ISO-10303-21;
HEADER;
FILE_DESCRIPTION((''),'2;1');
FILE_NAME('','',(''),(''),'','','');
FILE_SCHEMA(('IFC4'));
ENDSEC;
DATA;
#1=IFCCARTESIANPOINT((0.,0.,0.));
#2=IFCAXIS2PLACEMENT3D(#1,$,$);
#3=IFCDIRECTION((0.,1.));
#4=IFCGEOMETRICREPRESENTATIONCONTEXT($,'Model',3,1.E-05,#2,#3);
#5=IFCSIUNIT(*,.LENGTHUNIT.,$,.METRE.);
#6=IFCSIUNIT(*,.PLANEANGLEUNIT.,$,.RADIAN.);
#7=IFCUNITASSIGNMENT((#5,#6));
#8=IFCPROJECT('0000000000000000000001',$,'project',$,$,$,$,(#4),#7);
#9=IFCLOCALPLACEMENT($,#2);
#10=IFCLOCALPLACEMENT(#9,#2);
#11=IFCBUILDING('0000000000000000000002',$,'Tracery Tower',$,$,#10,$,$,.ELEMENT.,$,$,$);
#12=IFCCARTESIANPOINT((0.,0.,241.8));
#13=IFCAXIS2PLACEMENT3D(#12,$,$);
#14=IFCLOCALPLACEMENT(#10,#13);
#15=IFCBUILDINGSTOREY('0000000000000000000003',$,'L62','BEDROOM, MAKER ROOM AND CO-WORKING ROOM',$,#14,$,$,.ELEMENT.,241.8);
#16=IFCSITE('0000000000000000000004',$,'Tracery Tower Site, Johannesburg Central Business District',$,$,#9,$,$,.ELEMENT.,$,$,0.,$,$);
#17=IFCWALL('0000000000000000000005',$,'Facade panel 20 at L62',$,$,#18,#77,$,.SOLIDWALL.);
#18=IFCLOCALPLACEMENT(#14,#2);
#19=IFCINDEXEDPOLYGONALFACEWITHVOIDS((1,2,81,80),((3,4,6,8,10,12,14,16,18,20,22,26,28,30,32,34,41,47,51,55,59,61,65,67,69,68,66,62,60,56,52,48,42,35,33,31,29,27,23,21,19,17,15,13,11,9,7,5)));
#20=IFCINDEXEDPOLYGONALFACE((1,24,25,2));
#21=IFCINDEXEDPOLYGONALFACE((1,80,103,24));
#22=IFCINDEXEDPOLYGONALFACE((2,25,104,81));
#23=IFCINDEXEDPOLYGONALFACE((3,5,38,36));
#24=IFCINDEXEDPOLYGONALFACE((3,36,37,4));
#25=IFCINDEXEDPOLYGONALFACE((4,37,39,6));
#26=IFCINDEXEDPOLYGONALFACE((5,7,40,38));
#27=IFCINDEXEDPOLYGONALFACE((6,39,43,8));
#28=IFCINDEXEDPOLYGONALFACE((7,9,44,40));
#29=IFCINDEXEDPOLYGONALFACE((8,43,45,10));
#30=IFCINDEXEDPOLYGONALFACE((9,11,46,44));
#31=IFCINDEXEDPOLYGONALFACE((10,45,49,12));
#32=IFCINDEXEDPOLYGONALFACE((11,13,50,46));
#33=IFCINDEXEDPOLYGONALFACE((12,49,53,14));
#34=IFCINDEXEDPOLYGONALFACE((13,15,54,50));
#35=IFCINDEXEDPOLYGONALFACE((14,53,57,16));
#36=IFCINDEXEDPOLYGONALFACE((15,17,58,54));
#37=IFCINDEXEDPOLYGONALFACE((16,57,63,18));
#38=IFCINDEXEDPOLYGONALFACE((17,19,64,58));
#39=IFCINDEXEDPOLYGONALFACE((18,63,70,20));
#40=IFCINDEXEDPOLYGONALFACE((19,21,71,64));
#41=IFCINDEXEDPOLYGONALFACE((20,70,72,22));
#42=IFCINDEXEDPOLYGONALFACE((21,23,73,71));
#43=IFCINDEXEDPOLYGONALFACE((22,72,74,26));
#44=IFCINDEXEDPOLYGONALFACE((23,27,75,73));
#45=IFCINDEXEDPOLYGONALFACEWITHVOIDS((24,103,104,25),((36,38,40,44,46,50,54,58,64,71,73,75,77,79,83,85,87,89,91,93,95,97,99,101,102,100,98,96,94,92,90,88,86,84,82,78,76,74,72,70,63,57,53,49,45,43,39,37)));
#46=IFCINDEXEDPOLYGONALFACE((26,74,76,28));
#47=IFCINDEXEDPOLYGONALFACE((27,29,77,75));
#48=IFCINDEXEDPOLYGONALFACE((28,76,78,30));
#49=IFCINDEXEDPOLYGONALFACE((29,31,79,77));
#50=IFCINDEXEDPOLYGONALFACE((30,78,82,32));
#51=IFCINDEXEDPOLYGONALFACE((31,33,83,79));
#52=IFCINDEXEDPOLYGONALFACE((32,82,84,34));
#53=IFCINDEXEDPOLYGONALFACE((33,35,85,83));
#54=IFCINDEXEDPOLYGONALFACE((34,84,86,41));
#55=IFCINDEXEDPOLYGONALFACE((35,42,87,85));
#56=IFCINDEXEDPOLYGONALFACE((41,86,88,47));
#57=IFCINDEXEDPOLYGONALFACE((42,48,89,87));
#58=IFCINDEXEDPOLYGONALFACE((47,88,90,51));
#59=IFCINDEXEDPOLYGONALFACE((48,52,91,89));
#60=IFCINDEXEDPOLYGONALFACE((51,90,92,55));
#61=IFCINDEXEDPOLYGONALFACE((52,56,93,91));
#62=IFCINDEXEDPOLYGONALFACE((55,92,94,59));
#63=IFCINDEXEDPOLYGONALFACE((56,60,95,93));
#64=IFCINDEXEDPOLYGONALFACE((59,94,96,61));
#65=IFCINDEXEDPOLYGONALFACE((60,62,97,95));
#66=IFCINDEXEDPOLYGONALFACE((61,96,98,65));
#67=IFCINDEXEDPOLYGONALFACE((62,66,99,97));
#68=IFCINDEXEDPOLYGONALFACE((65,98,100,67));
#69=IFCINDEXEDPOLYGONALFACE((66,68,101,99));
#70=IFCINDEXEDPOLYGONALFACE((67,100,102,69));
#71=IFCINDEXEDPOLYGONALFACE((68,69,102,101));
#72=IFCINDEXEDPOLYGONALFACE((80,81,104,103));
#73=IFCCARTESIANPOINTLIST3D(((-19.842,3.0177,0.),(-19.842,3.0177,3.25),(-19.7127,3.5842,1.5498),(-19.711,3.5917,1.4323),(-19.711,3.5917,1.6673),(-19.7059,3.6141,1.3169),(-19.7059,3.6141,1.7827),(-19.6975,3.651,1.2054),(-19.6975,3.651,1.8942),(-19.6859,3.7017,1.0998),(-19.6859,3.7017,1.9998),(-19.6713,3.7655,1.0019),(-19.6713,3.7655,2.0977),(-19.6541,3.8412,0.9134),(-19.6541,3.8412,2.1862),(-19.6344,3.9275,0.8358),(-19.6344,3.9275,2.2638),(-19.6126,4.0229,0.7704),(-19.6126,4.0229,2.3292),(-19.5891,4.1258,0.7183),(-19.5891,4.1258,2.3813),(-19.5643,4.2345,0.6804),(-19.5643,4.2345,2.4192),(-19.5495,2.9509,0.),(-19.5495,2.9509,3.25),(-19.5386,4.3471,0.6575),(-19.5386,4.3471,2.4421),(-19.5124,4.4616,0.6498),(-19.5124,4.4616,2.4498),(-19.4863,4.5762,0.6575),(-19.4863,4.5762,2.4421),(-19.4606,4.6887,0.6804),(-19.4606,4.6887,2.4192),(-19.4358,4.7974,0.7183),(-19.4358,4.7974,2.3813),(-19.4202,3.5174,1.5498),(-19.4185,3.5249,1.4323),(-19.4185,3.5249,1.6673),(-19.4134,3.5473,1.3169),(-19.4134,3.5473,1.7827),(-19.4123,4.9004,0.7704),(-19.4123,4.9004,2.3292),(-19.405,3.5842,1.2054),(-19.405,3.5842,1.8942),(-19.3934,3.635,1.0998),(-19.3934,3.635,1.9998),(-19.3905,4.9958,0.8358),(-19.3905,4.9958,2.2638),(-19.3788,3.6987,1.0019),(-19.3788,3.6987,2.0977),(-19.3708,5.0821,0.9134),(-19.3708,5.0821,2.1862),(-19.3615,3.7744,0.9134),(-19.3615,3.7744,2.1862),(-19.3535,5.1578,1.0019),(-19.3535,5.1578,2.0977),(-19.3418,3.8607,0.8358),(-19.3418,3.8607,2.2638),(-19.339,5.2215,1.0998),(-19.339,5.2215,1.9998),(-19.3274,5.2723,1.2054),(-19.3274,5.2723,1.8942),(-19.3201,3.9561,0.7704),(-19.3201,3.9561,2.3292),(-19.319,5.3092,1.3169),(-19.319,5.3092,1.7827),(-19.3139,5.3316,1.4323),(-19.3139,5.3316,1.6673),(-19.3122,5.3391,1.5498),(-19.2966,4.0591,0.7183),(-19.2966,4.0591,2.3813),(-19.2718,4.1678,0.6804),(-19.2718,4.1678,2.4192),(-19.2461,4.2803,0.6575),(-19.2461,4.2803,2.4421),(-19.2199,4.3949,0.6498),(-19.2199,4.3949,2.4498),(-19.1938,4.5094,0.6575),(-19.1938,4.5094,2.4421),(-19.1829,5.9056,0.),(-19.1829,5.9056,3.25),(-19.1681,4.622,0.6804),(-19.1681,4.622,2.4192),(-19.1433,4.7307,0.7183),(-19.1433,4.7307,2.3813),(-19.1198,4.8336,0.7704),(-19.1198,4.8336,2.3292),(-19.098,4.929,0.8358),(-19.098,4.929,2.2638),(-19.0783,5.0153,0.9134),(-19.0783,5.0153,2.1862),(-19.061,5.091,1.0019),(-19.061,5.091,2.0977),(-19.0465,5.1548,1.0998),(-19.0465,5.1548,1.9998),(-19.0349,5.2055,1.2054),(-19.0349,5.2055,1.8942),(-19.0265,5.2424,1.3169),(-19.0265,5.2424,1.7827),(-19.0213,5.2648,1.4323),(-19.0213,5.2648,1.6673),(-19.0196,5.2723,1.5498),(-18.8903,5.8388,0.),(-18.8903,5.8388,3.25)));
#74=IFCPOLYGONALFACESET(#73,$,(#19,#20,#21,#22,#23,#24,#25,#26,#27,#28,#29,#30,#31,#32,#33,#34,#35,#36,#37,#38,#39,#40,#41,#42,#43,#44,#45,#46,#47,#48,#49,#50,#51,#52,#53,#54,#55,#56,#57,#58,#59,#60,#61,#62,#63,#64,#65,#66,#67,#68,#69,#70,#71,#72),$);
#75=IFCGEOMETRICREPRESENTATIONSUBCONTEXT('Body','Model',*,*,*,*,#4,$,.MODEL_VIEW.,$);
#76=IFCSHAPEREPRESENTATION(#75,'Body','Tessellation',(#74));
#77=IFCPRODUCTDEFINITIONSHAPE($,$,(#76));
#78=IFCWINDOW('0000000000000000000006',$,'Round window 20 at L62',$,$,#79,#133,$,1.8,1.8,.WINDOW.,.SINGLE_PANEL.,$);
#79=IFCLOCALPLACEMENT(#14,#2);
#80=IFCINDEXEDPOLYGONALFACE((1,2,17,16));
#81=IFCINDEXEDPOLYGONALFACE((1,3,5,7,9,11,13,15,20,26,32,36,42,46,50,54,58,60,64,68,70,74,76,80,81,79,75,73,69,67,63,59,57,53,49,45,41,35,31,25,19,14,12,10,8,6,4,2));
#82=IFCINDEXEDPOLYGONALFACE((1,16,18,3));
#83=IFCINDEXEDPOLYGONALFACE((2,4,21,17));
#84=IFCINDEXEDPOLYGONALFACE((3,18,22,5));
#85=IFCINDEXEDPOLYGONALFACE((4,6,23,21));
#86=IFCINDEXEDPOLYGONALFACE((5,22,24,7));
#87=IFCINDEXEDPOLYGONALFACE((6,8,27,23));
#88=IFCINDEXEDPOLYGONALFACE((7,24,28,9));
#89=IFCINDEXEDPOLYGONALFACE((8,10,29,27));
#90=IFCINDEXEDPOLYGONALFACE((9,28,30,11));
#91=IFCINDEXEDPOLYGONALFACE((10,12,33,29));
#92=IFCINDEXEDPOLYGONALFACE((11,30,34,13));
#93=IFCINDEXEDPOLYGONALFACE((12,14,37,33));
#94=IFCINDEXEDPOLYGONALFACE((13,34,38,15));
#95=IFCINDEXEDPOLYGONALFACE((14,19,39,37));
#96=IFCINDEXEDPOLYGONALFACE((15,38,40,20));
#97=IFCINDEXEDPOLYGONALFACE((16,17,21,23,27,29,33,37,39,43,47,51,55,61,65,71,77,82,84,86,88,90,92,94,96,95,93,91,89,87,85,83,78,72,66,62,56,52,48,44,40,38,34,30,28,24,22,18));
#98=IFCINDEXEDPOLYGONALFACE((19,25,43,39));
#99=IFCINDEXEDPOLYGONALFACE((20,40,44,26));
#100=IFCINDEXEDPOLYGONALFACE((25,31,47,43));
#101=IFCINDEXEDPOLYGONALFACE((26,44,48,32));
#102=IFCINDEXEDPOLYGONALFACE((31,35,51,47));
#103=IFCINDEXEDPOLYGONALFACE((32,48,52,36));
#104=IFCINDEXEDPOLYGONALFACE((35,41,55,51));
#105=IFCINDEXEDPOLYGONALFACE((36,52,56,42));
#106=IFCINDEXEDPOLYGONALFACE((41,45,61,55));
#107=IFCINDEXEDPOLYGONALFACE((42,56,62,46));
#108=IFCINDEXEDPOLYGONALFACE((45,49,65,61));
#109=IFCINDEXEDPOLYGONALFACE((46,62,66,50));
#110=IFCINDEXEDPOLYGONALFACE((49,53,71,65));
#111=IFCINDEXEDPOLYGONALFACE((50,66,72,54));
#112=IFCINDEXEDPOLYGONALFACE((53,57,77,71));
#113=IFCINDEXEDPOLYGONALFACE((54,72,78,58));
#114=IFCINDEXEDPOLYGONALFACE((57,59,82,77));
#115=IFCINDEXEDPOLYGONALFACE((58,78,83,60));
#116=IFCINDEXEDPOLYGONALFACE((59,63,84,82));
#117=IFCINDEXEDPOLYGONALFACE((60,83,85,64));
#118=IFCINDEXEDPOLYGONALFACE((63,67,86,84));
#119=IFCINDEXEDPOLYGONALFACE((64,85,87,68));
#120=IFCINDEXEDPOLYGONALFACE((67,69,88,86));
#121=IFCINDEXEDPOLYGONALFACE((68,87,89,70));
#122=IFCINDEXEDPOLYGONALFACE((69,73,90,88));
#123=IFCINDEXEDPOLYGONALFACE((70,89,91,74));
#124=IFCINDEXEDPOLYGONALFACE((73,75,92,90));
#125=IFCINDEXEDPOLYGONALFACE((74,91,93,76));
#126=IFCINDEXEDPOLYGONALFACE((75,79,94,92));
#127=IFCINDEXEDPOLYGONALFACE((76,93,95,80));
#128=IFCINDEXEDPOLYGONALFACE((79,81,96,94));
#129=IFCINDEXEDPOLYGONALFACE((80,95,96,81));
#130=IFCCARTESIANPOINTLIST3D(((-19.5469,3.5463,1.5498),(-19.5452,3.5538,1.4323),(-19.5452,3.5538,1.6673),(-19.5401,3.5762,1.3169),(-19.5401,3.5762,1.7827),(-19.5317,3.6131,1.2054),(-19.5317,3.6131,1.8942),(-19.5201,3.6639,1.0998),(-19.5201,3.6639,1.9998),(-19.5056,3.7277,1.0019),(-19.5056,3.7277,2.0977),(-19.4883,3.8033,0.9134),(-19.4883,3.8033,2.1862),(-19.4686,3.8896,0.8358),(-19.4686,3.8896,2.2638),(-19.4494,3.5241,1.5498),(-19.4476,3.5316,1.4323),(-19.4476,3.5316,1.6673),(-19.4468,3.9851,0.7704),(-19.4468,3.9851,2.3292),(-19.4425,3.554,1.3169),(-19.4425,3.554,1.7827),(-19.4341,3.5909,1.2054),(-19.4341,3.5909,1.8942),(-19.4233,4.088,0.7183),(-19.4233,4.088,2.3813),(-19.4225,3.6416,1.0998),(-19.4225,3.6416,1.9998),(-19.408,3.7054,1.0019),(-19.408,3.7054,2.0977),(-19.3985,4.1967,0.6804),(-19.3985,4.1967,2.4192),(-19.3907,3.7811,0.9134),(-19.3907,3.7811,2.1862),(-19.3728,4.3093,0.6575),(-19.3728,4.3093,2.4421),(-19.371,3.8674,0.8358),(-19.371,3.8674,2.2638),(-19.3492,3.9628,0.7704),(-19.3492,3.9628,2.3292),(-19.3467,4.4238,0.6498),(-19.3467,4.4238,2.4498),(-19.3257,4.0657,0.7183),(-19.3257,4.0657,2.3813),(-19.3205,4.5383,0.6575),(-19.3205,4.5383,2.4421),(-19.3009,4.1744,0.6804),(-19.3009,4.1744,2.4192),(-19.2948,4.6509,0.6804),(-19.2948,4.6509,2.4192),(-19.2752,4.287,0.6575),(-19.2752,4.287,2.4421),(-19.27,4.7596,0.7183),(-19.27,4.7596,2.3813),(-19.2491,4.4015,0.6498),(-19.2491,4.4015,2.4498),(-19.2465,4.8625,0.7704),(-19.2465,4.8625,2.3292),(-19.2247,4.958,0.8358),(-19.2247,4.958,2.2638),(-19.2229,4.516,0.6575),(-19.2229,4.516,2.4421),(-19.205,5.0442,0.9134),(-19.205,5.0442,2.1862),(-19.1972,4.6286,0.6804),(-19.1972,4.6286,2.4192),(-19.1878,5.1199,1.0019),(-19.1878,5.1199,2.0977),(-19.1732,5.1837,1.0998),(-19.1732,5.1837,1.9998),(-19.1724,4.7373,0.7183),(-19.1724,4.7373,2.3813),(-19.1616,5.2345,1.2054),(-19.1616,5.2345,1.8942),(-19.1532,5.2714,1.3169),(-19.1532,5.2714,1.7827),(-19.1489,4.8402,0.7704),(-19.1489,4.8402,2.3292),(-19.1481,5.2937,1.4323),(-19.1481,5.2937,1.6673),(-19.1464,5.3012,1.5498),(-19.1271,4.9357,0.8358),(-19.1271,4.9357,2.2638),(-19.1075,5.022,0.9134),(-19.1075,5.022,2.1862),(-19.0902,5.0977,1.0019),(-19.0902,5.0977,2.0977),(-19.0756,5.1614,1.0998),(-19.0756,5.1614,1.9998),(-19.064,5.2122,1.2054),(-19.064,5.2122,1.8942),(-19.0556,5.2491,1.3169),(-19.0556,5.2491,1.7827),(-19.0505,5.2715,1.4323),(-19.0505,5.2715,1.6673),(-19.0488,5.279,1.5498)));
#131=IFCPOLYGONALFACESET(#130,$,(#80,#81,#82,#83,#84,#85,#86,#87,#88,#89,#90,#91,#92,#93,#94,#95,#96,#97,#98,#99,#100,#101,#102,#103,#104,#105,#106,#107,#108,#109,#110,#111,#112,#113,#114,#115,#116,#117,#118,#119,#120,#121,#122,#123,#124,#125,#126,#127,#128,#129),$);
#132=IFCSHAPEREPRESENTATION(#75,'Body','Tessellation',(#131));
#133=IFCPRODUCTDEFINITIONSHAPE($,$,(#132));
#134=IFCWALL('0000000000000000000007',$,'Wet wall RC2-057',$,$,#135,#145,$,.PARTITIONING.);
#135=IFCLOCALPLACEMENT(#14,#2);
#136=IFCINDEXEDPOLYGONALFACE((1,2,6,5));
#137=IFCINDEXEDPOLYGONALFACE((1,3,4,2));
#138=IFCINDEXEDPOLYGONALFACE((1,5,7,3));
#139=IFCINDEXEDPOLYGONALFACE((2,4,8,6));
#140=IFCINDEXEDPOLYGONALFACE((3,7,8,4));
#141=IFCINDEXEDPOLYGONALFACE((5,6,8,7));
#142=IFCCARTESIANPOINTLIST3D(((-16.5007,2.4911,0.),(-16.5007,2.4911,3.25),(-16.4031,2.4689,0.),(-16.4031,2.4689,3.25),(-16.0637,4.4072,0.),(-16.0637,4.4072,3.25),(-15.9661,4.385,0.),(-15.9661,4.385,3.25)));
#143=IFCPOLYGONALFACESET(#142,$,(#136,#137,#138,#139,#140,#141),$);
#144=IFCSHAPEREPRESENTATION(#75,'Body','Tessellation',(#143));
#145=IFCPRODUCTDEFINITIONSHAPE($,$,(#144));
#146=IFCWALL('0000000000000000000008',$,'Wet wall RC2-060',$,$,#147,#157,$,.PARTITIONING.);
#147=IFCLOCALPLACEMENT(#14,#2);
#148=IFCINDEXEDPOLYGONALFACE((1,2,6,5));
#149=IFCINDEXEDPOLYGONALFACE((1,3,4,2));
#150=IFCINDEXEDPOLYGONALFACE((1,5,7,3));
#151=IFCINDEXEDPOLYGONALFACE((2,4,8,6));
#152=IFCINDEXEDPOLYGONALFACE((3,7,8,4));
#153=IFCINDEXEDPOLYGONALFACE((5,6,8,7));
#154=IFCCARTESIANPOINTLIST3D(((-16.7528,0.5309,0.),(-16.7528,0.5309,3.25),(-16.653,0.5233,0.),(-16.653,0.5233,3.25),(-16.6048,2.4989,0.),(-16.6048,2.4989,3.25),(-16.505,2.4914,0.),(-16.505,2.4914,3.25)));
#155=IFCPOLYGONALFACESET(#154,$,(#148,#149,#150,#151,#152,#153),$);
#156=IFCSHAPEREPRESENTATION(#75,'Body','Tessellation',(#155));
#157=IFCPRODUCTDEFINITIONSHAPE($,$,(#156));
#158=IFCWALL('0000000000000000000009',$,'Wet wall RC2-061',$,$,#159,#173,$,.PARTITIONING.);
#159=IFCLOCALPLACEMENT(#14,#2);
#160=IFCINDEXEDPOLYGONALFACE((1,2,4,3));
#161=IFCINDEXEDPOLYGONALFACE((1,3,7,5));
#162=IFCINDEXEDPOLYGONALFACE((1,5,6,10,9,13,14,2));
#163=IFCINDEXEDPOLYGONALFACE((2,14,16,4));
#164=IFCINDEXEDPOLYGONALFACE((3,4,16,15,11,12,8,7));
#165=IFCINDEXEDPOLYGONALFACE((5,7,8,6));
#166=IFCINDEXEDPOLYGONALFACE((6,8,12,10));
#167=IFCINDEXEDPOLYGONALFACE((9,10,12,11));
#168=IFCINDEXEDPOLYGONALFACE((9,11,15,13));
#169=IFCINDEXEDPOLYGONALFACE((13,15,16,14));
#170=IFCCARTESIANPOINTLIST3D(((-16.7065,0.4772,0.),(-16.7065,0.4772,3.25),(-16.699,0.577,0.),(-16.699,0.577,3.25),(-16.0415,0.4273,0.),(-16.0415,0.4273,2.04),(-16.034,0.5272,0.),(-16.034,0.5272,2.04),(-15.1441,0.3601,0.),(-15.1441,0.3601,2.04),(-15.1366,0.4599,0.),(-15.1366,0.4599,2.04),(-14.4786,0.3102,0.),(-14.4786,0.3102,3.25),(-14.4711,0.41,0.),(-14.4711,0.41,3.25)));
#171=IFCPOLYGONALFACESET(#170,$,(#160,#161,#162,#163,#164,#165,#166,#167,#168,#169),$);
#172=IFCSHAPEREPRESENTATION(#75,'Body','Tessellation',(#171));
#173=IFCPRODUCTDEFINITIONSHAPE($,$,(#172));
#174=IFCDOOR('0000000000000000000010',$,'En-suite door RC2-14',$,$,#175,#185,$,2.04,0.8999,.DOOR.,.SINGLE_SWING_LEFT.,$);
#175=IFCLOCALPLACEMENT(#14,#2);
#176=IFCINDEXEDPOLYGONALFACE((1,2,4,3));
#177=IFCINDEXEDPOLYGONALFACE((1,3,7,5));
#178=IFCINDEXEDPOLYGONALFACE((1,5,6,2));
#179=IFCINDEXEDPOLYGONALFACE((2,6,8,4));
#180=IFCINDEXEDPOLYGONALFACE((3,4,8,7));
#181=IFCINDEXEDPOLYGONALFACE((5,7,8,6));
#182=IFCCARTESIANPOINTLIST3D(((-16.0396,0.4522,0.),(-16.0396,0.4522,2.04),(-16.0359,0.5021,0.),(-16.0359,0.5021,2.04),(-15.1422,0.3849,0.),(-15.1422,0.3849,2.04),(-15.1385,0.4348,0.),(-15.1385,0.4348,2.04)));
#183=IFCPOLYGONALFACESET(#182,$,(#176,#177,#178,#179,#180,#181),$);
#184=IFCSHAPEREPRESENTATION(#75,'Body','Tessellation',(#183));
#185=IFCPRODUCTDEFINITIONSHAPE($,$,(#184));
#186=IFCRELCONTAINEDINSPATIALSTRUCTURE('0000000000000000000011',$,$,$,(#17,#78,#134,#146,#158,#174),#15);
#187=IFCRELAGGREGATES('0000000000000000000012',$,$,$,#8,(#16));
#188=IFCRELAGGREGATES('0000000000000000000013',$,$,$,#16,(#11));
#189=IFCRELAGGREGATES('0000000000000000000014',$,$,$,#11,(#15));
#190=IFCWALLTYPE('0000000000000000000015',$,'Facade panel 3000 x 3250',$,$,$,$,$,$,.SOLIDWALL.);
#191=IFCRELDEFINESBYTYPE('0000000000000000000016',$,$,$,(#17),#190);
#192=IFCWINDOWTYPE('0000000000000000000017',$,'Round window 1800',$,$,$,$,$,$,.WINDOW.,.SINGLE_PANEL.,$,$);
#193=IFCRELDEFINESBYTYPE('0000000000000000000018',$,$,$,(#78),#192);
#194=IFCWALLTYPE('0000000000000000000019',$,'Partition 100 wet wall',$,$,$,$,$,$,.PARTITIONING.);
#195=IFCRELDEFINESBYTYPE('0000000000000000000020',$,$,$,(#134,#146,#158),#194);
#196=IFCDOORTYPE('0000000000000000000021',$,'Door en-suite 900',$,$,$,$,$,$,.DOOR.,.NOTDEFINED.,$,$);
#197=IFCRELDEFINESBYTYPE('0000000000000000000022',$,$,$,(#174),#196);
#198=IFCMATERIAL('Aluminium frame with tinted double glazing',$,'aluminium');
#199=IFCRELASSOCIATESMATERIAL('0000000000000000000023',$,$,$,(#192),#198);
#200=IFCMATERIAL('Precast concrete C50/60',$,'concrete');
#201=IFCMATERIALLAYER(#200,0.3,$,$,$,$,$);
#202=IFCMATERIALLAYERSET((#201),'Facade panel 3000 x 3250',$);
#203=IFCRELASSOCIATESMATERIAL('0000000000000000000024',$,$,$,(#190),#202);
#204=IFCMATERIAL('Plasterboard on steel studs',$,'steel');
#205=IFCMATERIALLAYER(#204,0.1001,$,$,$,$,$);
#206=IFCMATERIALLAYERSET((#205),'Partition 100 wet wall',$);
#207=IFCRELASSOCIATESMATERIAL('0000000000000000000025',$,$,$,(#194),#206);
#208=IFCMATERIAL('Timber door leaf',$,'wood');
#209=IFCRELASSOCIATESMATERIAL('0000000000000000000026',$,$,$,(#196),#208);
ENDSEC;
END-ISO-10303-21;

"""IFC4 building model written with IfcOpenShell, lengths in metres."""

from ifc_helpers import new_model, si_unit, direction, frame, frame_2d, origin, origin_2d, place, context, subcontext, project, spatial, rectangle, circle, extrude, material, layer, layer_set, type_object, element, fill, save


model = new_model("IFC4")

# Units and contexts
model_context = context("Model", 3, precision=1e-05, world=origin(), true_north=direction((0.0, 1.0)))
body_context = subcontext(model_context, "Body", "Model", "MODEL_VIEW")
ifc_project = project(units=[si_unit("LENGTHUNIT", "METRE"), si_unit("PLANEANGLEUNIT", "RADIAN")], contexts=[model_context])

# Site, building, storey
site_placement = place(None, origin())
site = spatial("IfcSite", under=ifc_project, at=site_placement, Name="Tracery Tower Site, Johannesburg Central Business District", CompositionType="ELEMENT", RefElevation=0.0)
building_placement = place(site_placement, origin())
building = spatial("IfcBuilding", under=site, at=building_placement, Name="Tracery Tower", CompositionType="ELEMENT")
storey_placement = place(building_placement, frame((0.0, 0.0, 241.8)))
storey = spatial("IfcBuildingStorey", under=building, at=storey_placement, Name="L62", Description="BEDROOM, MAKER ROOM AND CO-WORKING ROOM", CompositionType="ELEMENT", Elevation=241.8)

# Wall, opening, window
ifc_material_1 = material(Name="Aluminium frame with tinted double glazing", Category="aluminium")
window_type = type_object("IfcWindowType", Name="Round window 1800", PartitioningType="SINGLE_PANEL", PredefinedType="WINDOW", material=ifc_material_1)
ifc_material_2 = material(Name="Precast concrete C50/60", Category="concrete")
ifc_layer_1 = layer(ifc_material_2, 0.3)
ifc_layer_set_1 = layer_set([ifc_layer_1], Name="Facade panel 3000 x 3250")
wall_type_1 = type_object("IfcWallType", Name="Facade panel 3000 x 3250", PredefinedType="SOLIDWALL", material=ifc_layer_set_1)
wall_1_placement = place(storey_placement, frame((-19.0366, 5.8721, 0.0), z_axis=(0.0, 0.0, 1.0), x_axis=(-0.222529, -0.974926, 0.0)))
wall_1 = element("IfcWall", 1, at=wall_1_placement, inside=storey, type_object=wall_type_1, Name="Facade panel 20 at L62", PredefinedType="SOLIDWALL", context=body_context, shape_type="SweptSolid", body=[
    extrude(rectangle(XDim=2.9622, YDim=0.3, at=frame_2d((1.481, 0.0))), origin(), (0.0, 0.0, 1.0), 3.25),
])
opening_1_placement = place(wall_1_placement, frame((1.481, 0.0, 1.5498)))
opening_1 = element("IfcOpeningElement", 2, at=opening_1_placement, cuts=wall_1, PredefinedType="OPENING", context=body_context, shape_type="SweptSolid", body=[
    extrude(circle(Radius=0.9, at=origin_2d()), frame((0.0, 0.1599, 0.0), z_axis=(0.0, -1.0, 0.0), x_axis=(1.0, 0.0, 0.0)), (0.0, 0.0, 1.0), 0.3201),
])
window_1_placement = place(opening_1_placement, origin())
window_1 = element("IfcWindow", 3, at=window_1_placement, inside=storey, type_object=window_type, Name="Round window 20 at L62", OverallHeight=1.8, OverallWidth=1.8, PartitioningType="SINGLE_PANEL", PredefinedType="WINDOW", context=body_context, shape_type="SweptSolid", body=[
    extrude(circle(Radius=0.9, at=origin_2d()), frame((0.0, 0.1201, 0.0), z_axis=(0.0, -1.0, 0.0), x_axis=(1.0, 0.0, 0.0)), (0.0, 0.0, 1.0), 0.1001),
])
fill(opening_1, window_1)

# Walls
ifc_material_3 = material(Name="Plasterboard on steel studs", Category="steel")
ifc_layer_2 = layer(ifc_material_3, 0.1001)
ifc_layer_set_2 = layer_set([ifc_layer_2], Name="Partition 100 wet wall")
wall_type_2 = type_object("IfcWallType", Name="Partition 100 wet wall", PredefinedType="PARTITIONING", material=ifc_layer_set_2)
wall_2_placement = place(storey_placement, frame((-16.4519, 2.48, 0.0), z_axis=(0.0, 0.0, 1.0), x_axis=(0.222373, 0.974962, 0.0)))
element("IfcWall", 4, at=wall_2_placement, inside=storey, type_object=wall_type_2, Name="Wet wall RC2-057", PredefinedType="PARTITIONING", context=body_context, shape_type="SweptSolid", body=[
    extrude(rectangle(XDim=1.9653, YDim=0.1001, at=frame_2d((0.9827, 0.0))), origin(), (0.0, 0.0, 1.0), 3.25),
])
wall_3_placement = place(storey_placement, frame((-16.7029, 0.5271, 0.0), z_axis=(0.0, 0.0, 1.0), x_axis=(0.074965, 0.997186, 0.0)))
element("IfcWall", 5, at=wall_3_placement, inside=storey, type_object=wall_type_2, Name="Wet wall RC2-060", PredefinedType="PARTITIONING", context=body_context, shape_type="SweptSolid", body=[
    extrude(rectangle(XDim=1.9736, YDim=0.1001, at=frame_2d((0.9868, 0.0))), origin(), (0.0, 0.0, 1.0), 3.25),
])

# Wall, opening, door
wall_4_placement = place(storey_placement, frame((-16.7029, 0.5271, 0.0), z_axis=(0.0, 0.0, 1.0), x_axis=(0.997202, -0.074749, 0.0)))
wall_4 = element("IfcWall", 6, at=wall_4_placement, inside=storey, type_object=wall_type_2, Name="Wet wall RC2-061", PredefinedType="PARTITIONING", context=body_context, shape_type="SweptSolid", body=[
    extrude(rectangle(XDim=2.2341, YDim=0.1001, at=frame_2d((1.1172, 0.0))), origin(), (0.0, 0.0, 1.0), 3.25),
])
opening_2_placement = place(wall_4_placement, frame((0.667, 0.0, 0.0)))
opening_2 = element("IfcOpeningElement", 7, at=opening_2_placement, cuts=wall_4, PredefinedType="OPENING", context=body_context, shape_type="SweptSolid", body=[
    extrude(rectangle(XDim=0.8999, YDim=2.04, at=frame_2d((0.45, 1.02))), frame((0.0, 0.05, 0.0), z_axis=(0.0, -1.0, 0.0), x_axis=(1.0, 0.0, 0.0)), (0.0, 0.0, 1.0), 0.1001),
])
ifc_material_4 = material(Name="Timber door leaf", Category="wood")
door_type = type_object("IfcDoorType", Name="Door en-suite 900", OperationType="NOTDEFINED", PredefinedType="DOOR", material=ifc_material_4)
door_placement = place(opening_2_placement, origin())
door = element("IfcDoor", 8, at=door_placement, inside=storey, type_object=door_type, Name="En-suite door RC2-14", OperationType="SINGLE_SWING_LEFT", OverallHeight=2.04, OverallWidth=0.8999, PredefinedType="DOOR", context=body_context, shape_type="SweptSolid", body=[
    extrude(rectangle(XDim=0.8999, YDim=2.04, at=frame_2d((0.45, 1.02))), frame((0.0, 0.0249, 0.0), z_axis=(0.0, -1.0, 0.0), x_axis=(1.0, 0.0, 0.0)), (0.0, 0.0, 1.0), 0.05),
])
fill(opening_2, door)

save(model, "model.ifc")
